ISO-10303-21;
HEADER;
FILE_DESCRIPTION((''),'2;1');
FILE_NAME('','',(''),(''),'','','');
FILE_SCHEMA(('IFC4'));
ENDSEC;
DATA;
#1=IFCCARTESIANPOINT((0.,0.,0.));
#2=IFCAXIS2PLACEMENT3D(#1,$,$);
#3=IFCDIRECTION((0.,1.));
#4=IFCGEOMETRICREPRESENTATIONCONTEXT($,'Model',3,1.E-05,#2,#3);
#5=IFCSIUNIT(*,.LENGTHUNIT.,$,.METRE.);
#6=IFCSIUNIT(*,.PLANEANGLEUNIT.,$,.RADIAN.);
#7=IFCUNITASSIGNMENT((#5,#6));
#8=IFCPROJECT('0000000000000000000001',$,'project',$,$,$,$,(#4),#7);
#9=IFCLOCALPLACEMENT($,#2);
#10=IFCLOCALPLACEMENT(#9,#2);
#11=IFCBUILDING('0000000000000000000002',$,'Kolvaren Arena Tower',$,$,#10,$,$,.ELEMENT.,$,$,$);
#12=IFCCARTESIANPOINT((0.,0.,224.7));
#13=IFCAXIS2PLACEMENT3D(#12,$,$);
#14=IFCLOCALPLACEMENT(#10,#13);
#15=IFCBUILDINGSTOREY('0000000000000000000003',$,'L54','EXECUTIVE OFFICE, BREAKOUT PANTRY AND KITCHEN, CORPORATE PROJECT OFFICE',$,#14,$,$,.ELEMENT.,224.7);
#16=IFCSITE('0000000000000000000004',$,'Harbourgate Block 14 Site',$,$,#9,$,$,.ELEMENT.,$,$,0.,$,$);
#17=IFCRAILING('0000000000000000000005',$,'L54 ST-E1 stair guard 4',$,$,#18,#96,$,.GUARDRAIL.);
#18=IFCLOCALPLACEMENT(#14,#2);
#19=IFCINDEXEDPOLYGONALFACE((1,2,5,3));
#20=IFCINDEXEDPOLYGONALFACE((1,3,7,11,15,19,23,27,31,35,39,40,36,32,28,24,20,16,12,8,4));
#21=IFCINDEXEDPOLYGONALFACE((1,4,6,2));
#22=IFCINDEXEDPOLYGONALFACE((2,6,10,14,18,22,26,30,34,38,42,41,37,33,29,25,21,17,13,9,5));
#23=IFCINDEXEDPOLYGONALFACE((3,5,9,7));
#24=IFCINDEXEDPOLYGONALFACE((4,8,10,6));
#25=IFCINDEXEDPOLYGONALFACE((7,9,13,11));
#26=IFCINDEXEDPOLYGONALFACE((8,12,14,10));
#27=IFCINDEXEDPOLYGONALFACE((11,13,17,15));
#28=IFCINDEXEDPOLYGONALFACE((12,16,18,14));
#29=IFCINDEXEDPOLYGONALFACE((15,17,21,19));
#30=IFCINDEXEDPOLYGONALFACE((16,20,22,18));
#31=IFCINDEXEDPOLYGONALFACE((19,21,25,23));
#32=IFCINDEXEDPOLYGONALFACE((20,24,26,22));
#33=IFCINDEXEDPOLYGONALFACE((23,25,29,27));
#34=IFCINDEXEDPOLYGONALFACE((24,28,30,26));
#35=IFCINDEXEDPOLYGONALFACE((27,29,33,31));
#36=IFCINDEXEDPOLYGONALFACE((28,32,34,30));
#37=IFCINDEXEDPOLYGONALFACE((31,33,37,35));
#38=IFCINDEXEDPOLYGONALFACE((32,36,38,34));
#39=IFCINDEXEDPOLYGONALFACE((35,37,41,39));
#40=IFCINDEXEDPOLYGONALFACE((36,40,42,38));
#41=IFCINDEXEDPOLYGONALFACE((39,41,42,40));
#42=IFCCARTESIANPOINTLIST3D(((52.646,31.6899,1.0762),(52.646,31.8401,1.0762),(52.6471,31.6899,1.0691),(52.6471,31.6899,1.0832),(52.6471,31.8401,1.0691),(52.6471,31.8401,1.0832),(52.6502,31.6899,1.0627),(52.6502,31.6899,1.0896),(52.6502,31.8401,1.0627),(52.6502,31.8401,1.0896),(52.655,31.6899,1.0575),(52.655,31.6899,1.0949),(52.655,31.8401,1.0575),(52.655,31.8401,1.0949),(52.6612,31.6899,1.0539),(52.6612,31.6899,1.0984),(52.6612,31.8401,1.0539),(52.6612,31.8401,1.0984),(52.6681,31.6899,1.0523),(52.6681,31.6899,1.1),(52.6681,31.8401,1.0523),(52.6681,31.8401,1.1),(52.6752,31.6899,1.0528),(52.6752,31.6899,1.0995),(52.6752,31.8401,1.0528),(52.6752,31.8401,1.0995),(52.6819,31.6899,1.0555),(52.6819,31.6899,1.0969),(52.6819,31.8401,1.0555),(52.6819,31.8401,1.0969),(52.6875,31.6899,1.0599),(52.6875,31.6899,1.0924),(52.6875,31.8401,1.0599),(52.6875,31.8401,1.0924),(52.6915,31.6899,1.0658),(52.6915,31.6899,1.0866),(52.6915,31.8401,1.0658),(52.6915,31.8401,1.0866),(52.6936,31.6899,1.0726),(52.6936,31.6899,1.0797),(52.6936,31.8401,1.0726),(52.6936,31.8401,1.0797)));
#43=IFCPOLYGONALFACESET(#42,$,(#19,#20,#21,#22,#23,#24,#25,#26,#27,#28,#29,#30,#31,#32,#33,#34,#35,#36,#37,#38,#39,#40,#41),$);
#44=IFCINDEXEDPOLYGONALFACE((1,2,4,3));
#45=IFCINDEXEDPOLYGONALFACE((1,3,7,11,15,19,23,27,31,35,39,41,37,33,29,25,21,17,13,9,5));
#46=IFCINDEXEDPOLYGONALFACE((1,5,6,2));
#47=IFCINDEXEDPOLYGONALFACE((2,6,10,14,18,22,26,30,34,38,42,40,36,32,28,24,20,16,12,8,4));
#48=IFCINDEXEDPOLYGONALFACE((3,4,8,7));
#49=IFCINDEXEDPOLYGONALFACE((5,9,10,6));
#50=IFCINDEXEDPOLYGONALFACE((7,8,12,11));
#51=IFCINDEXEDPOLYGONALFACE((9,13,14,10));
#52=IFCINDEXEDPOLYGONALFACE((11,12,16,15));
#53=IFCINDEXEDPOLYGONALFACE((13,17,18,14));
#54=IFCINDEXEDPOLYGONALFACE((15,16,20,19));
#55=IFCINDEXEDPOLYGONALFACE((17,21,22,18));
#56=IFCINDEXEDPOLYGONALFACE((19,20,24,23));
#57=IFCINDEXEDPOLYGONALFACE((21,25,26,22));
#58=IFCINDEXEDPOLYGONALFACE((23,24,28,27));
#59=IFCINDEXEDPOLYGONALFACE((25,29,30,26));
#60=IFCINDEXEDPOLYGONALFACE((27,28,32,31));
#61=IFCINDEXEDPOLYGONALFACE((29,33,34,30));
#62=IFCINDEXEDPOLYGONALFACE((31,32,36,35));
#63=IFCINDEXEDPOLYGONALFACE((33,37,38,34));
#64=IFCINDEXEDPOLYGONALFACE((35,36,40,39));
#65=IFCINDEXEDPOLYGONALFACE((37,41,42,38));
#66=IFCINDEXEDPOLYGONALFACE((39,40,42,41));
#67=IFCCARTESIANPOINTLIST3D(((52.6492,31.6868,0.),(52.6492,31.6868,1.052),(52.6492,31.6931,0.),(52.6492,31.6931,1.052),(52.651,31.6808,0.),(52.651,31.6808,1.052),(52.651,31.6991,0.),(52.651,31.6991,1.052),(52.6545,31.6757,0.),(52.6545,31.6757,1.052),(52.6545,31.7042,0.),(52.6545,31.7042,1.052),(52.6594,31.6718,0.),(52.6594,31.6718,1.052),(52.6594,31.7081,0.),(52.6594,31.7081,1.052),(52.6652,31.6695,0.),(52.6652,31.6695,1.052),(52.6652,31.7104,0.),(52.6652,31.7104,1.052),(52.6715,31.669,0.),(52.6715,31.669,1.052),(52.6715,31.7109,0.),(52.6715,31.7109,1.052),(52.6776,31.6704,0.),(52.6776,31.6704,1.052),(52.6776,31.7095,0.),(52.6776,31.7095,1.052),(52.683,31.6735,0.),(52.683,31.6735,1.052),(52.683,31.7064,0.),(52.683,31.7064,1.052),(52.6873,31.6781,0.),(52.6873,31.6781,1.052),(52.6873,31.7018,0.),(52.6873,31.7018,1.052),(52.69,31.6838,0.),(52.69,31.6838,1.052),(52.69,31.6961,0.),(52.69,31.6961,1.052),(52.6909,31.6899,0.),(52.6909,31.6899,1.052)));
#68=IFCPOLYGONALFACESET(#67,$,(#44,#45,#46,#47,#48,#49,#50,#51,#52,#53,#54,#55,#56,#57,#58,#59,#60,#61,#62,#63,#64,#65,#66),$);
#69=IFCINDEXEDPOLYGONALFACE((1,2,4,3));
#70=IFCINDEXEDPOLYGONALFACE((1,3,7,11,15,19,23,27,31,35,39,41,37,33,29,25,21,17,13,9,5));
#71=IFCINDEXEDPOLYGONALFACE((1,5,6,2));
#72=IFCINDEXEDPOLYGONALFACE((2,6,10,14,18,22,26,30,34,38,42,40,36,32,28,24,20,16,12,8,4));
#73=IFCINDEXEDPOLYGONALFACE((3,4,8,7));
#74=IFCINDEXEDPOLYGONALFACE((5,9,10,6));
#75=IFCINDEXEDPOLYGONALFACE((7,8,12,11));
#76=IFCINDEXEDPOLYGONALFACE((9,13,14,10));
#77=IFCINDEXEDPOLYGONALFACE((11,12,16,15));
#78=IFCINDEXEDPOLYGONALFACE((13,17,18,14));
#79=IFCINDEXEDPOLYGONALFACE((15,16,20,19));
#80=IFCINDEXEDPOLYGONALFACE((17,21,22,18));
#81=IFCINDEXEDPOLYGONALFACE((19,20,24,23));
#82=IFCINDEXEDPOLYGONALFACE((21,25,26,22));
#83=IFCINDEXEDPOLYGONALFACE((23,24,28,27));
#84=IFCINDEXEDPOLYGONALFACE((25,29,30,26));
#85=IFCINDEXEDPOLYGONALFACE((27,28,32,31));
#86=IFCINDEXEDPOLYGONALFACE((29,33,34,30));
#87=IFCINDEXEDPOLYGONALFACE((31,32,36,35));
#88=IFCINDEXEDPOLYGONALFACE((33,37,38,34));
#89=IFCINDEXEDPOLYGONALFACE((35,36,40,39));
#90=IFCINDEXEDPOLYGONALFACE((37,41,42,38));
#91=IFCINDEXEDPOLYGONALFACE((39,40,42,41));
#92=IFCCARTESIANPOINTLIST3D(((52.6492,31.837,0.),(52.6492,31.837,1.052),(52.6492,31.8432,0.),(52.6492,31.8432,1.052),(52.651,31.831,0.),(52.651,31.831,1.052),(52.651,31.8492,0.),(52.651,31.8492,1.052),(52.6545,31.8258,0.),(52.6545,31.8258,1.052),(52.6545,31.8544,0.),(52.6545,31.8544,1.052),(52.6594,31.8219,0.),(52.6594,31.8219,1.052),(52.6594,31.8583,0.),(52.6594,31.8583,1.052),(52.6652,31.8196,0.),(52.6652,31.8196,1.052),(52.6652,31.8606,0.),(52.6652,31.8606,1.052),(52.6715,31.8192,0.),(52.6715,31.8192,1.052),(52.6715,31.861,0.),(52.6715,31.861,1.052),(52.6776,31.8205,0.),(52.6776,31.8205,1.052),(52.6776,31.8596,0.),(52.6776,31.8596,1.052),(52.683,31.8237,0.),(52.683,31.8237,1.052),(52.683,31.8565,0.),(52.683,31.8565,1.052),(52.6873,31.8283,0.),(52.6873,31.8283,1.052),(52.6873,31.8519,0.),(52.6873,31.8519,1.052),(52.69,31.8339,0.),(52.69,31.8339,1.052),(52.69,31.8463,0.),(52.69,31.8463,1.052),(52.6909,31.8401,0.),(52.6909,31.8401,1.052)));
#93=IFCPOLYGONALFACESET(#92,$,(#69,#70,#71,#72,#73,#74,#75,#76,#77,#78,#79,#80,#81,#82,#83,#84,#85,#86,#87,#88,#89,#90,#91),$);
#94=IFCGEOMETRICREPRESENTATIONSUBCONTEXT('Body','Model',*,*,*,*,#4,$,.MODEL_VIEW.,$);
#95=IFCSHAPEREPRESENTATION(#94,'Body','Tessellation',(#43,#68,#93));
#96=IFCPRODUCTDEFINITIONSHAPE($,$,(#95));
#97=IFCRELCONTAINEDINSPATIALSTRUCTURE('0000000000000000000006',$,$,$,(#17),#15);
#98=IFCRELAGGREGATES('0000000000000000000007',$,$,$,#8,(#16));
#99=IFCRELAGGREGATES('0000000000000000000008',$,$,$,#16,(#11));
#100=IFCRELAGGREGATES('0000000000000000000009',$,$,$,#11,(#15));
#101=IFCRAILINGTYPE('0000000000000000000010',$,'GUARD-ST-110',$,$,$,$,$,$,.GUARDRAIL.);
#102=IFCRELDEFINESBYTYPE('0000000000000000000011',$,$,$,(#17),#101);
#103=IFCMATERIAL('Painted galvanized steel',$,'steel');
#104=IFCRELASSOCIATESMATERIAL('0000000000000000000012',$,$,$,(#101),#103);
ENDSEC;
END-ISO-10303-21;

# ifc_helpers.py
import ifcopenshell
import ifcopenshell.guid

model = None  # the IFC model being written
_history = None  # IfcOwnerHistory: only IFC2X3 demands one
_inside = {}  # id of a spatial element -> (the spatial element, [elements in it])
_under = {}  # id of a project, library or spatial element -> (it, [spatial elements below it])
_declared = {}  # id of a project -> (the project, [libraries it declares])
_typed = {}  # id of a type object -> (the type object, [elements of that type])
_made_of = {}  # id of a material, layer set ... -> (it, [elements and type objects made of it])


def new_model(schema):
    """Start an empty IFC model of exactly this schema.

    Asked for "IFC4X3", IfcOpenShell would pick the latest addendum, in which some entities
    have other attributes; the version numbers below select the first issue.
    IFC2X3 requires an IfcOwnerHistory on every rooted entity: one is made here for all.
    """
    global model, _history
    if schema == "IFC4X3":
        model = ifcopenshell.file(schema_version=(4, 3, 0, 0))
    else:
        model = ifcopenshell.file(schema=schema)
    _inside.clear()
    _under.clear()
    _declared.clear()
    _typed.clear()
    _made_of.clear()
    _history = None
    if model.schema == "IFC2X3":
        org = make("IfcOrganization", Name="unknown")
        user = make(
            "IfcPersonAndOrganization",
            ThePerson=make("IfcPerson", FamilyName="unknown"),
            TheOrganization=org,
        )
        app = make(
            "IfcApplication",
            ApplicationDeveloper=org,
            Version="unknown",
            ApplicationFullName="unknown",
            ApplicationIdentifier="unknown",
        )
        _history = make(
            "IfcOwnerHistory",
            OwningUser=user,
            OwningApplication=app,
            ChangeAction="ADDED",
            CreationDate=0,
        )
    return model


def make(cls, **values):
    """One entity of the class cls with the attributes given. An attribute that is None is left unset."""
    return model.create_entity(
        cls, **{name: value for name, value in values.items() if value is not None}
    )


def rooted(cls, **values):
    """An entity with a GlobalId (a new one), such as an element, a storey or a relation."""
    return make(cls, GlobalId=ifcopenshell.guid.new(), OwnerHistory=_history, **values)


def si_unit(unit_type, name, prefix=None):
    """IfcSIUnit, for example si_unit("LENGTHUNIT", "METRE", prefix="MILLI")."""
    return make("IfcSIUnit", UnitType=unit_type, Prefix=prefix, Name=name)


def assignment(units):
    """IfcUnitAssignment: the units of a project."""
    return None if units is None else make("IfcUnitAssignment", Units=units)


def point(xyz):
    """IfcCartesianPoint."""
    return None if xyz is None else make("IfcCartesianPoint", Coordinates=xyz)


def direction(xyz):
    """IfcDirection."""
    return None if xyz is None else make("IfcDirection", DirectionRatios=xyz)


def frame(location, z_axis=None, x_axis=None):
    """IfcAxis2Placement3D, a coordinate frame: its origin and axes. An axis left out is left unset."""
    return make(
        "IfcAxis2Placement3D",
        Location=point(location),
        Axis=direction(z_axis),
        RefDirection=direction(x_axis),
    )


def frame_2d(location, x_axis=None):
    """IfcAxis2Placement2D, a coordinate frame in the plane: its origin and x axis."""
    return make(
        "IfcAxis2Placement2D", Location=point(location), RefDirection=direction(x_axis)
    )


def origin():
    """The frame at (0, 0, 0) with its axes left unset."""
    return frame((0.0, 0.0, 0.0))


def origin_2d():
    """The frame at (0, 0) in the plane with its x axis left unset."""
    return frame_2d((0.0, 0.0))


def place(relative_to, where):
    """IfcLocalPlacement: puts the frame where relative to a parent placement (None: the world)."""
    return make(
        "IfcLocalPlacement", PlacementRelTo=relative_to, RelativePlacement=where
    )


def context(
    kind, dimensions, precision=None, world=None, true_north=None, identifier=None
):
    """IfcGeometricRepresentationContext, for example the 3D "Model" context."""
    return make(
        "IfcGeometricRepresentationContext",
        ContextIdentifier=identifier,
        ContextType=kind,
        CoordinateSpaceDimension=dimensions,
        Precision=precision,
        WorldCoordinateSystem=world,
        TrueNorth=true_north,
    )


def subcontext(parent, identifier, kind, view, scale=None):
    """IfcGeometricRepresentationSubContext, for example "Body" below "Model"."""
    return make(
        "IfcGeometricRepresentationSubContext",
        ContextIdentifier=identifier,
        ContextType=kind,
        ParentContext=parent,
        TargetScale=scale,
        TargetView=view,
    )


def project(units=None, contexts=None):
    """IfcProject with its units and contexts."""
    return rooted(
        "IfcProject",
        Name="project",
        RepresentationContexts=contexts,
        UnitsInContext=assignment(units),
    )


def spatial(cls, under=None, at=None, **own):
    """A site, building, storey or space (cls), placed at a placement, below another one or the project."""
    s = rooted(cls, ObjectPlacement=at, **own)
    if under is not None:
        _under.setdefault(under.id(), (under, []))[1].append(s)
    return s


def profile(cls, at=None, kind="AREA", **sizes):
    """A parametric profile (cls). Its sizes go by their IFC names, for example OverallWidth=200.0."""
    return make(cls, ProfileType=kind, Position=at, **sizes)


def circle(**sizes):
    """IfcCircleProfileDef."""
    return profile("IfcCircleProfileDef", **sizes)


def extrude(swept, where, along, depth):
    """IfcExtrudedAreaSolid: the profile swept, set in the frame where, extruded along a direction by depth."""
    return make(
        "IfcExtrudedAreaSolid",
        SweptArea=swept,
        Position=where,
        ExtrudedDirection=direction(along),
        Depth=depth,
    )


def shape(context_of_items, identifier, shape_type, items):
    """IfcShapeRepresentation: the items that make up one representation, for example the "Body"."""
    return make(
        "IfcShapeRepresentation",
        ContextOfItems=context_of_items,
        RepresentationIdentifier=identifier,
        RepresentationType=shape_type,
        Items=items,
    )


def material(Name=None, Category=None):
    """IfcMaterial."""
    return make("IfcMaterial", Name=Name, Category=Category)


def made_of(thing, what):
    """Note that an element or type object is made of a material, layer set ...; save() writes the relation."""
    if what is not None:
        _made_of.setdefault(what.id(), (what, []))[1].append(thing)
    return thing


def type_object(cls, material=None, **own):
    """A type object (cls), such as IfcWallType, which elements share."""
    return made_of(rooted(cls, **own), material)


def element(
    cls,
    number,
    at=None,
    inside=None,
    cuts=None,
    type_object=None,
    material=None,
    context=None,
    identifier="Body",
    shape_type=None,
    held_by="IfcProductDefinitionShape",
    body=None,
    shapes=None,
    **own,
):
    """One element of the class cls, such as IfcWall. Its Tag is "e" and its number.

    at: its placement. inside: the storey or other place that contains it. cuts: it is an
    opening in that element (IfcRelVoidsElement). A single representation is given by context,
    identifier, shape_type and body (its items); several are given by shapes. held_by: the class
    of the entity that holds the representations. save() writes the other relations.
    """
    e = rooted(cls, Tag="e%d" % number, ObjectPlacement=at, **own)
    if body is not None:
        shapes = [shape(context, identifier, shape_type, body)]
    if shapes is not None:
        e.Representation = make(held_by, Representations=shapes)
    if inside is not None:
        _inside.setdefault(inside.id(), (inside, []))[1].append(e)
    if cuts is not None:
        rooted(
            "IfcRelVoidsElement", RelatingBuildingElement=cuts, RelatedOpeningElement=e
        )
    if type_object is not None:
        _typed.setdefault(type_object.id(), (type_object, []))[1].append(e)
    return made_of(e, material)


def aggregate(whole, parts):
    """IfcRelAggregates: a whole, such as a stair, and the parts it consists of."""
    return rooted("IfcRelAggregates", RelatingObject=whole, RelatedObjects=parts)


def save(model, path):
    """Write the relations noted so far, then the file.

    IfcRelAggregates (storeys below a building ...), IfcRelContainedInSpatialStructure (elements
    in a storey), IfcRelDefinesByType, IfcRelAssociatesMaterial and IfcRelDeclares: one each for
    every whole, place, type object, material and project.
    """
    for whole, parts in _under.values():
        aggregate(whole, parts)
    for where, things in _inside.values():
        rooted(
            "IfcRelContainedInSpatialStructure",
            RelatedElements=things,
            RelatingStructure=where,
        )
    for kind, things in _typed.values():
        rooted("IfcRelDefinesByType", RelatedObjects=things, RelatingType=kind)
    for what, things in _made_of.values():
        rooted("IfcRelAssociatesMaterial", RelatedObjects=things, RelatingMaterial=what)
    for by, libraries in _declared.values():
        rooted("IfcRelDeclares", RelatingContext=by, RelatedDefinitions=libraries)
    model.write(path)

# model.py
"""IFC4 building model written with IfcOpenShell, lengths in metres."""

from ifc_helpers import new_model, si_unit, direction, frame, origin, origin_2d, place, context, subcontext, project, spatial, circle, extrude, material, type_object, element, save


model = new_model("IFC4")

# Units and contexts
model_context = context("Model", 3, precision=1e-05, world=origin(), true_north=direction((0.0, 1.0)))
body_context = subcontext(model_context, "Body", "Model", "MODEL_VIEW")
ifc_project = project(units=[si_unit("LENGTHUNIT", "METRE"), si_unit("PLANEANGLEUNIT", "RADIAN")], contexts=[model_context])

# Site, building, storey
site_placement = place(None, origin())
site = spatial("IfcSite", under=ifc_project, at=site_placement, Name="Harbourgate Block 14 Site", CompositionType="ELEMENT", RefElevation=0.0)
building_placement = place(site_placement, origin())
building = spatial("IfcBuilding", under=site, at=building_placement, Name="Kolvaren Arena Tower", CompositionType="ELEMENT")
storey_placement = place(building_placement, frame((0.0, 0.0, 224.7)))
storey = spatial("IfcBuildingStorey", under=building, at=storey_placement, Name="L54", Description="EXECUTIVE OFFICE, BREAKOUT PANTRY AND KITCHEN, CORPORATE PROJECT OFFICE", CompositionType="ELEMENT", Elevation=224.7)

# Railing
ifc_material_1 = material(Name="Painted galvanized steel", Category="steel")
railing_type_1 = type_object("IfcRailingType", Name="GUARD-ST-110", PredefinedType="GUARDRAIL", material=ifc_material_1)
railing_1_placement = place(storey_placement, frame((52.6699, 31.6899, 0.0)))
element("IfcRailing", 1, at=railing_1_placement, inside=storey, type_object=railing_type_1, Name="L54 ST-E1 stair guard 4", PredefinedType="GUARDRAIL", context=body_context, shape_type="SweptSolid", body=[
    extrude(circle(Radius=0.0239, at=origin_2d()), frame((0.0, 0.0, 1.0762), z_axis=(0.0, 1.0, 0.0), x_axis=(-1.0, 0.0, 0.0)), (0.0, 0.0, 1.0), 0.1501),
    extrude(circle(Radius=0.021, at=origin_2d()), origin(), (0.0, 0.0, 1.0), 1.052),
    extrude(circle(Radius=0.021, at=origin_2d()), frame((0.0, 0.1501, 0.0)), (0.0, 0.0, 1.0), 1.052),
])

save(model, "model.ifc")
